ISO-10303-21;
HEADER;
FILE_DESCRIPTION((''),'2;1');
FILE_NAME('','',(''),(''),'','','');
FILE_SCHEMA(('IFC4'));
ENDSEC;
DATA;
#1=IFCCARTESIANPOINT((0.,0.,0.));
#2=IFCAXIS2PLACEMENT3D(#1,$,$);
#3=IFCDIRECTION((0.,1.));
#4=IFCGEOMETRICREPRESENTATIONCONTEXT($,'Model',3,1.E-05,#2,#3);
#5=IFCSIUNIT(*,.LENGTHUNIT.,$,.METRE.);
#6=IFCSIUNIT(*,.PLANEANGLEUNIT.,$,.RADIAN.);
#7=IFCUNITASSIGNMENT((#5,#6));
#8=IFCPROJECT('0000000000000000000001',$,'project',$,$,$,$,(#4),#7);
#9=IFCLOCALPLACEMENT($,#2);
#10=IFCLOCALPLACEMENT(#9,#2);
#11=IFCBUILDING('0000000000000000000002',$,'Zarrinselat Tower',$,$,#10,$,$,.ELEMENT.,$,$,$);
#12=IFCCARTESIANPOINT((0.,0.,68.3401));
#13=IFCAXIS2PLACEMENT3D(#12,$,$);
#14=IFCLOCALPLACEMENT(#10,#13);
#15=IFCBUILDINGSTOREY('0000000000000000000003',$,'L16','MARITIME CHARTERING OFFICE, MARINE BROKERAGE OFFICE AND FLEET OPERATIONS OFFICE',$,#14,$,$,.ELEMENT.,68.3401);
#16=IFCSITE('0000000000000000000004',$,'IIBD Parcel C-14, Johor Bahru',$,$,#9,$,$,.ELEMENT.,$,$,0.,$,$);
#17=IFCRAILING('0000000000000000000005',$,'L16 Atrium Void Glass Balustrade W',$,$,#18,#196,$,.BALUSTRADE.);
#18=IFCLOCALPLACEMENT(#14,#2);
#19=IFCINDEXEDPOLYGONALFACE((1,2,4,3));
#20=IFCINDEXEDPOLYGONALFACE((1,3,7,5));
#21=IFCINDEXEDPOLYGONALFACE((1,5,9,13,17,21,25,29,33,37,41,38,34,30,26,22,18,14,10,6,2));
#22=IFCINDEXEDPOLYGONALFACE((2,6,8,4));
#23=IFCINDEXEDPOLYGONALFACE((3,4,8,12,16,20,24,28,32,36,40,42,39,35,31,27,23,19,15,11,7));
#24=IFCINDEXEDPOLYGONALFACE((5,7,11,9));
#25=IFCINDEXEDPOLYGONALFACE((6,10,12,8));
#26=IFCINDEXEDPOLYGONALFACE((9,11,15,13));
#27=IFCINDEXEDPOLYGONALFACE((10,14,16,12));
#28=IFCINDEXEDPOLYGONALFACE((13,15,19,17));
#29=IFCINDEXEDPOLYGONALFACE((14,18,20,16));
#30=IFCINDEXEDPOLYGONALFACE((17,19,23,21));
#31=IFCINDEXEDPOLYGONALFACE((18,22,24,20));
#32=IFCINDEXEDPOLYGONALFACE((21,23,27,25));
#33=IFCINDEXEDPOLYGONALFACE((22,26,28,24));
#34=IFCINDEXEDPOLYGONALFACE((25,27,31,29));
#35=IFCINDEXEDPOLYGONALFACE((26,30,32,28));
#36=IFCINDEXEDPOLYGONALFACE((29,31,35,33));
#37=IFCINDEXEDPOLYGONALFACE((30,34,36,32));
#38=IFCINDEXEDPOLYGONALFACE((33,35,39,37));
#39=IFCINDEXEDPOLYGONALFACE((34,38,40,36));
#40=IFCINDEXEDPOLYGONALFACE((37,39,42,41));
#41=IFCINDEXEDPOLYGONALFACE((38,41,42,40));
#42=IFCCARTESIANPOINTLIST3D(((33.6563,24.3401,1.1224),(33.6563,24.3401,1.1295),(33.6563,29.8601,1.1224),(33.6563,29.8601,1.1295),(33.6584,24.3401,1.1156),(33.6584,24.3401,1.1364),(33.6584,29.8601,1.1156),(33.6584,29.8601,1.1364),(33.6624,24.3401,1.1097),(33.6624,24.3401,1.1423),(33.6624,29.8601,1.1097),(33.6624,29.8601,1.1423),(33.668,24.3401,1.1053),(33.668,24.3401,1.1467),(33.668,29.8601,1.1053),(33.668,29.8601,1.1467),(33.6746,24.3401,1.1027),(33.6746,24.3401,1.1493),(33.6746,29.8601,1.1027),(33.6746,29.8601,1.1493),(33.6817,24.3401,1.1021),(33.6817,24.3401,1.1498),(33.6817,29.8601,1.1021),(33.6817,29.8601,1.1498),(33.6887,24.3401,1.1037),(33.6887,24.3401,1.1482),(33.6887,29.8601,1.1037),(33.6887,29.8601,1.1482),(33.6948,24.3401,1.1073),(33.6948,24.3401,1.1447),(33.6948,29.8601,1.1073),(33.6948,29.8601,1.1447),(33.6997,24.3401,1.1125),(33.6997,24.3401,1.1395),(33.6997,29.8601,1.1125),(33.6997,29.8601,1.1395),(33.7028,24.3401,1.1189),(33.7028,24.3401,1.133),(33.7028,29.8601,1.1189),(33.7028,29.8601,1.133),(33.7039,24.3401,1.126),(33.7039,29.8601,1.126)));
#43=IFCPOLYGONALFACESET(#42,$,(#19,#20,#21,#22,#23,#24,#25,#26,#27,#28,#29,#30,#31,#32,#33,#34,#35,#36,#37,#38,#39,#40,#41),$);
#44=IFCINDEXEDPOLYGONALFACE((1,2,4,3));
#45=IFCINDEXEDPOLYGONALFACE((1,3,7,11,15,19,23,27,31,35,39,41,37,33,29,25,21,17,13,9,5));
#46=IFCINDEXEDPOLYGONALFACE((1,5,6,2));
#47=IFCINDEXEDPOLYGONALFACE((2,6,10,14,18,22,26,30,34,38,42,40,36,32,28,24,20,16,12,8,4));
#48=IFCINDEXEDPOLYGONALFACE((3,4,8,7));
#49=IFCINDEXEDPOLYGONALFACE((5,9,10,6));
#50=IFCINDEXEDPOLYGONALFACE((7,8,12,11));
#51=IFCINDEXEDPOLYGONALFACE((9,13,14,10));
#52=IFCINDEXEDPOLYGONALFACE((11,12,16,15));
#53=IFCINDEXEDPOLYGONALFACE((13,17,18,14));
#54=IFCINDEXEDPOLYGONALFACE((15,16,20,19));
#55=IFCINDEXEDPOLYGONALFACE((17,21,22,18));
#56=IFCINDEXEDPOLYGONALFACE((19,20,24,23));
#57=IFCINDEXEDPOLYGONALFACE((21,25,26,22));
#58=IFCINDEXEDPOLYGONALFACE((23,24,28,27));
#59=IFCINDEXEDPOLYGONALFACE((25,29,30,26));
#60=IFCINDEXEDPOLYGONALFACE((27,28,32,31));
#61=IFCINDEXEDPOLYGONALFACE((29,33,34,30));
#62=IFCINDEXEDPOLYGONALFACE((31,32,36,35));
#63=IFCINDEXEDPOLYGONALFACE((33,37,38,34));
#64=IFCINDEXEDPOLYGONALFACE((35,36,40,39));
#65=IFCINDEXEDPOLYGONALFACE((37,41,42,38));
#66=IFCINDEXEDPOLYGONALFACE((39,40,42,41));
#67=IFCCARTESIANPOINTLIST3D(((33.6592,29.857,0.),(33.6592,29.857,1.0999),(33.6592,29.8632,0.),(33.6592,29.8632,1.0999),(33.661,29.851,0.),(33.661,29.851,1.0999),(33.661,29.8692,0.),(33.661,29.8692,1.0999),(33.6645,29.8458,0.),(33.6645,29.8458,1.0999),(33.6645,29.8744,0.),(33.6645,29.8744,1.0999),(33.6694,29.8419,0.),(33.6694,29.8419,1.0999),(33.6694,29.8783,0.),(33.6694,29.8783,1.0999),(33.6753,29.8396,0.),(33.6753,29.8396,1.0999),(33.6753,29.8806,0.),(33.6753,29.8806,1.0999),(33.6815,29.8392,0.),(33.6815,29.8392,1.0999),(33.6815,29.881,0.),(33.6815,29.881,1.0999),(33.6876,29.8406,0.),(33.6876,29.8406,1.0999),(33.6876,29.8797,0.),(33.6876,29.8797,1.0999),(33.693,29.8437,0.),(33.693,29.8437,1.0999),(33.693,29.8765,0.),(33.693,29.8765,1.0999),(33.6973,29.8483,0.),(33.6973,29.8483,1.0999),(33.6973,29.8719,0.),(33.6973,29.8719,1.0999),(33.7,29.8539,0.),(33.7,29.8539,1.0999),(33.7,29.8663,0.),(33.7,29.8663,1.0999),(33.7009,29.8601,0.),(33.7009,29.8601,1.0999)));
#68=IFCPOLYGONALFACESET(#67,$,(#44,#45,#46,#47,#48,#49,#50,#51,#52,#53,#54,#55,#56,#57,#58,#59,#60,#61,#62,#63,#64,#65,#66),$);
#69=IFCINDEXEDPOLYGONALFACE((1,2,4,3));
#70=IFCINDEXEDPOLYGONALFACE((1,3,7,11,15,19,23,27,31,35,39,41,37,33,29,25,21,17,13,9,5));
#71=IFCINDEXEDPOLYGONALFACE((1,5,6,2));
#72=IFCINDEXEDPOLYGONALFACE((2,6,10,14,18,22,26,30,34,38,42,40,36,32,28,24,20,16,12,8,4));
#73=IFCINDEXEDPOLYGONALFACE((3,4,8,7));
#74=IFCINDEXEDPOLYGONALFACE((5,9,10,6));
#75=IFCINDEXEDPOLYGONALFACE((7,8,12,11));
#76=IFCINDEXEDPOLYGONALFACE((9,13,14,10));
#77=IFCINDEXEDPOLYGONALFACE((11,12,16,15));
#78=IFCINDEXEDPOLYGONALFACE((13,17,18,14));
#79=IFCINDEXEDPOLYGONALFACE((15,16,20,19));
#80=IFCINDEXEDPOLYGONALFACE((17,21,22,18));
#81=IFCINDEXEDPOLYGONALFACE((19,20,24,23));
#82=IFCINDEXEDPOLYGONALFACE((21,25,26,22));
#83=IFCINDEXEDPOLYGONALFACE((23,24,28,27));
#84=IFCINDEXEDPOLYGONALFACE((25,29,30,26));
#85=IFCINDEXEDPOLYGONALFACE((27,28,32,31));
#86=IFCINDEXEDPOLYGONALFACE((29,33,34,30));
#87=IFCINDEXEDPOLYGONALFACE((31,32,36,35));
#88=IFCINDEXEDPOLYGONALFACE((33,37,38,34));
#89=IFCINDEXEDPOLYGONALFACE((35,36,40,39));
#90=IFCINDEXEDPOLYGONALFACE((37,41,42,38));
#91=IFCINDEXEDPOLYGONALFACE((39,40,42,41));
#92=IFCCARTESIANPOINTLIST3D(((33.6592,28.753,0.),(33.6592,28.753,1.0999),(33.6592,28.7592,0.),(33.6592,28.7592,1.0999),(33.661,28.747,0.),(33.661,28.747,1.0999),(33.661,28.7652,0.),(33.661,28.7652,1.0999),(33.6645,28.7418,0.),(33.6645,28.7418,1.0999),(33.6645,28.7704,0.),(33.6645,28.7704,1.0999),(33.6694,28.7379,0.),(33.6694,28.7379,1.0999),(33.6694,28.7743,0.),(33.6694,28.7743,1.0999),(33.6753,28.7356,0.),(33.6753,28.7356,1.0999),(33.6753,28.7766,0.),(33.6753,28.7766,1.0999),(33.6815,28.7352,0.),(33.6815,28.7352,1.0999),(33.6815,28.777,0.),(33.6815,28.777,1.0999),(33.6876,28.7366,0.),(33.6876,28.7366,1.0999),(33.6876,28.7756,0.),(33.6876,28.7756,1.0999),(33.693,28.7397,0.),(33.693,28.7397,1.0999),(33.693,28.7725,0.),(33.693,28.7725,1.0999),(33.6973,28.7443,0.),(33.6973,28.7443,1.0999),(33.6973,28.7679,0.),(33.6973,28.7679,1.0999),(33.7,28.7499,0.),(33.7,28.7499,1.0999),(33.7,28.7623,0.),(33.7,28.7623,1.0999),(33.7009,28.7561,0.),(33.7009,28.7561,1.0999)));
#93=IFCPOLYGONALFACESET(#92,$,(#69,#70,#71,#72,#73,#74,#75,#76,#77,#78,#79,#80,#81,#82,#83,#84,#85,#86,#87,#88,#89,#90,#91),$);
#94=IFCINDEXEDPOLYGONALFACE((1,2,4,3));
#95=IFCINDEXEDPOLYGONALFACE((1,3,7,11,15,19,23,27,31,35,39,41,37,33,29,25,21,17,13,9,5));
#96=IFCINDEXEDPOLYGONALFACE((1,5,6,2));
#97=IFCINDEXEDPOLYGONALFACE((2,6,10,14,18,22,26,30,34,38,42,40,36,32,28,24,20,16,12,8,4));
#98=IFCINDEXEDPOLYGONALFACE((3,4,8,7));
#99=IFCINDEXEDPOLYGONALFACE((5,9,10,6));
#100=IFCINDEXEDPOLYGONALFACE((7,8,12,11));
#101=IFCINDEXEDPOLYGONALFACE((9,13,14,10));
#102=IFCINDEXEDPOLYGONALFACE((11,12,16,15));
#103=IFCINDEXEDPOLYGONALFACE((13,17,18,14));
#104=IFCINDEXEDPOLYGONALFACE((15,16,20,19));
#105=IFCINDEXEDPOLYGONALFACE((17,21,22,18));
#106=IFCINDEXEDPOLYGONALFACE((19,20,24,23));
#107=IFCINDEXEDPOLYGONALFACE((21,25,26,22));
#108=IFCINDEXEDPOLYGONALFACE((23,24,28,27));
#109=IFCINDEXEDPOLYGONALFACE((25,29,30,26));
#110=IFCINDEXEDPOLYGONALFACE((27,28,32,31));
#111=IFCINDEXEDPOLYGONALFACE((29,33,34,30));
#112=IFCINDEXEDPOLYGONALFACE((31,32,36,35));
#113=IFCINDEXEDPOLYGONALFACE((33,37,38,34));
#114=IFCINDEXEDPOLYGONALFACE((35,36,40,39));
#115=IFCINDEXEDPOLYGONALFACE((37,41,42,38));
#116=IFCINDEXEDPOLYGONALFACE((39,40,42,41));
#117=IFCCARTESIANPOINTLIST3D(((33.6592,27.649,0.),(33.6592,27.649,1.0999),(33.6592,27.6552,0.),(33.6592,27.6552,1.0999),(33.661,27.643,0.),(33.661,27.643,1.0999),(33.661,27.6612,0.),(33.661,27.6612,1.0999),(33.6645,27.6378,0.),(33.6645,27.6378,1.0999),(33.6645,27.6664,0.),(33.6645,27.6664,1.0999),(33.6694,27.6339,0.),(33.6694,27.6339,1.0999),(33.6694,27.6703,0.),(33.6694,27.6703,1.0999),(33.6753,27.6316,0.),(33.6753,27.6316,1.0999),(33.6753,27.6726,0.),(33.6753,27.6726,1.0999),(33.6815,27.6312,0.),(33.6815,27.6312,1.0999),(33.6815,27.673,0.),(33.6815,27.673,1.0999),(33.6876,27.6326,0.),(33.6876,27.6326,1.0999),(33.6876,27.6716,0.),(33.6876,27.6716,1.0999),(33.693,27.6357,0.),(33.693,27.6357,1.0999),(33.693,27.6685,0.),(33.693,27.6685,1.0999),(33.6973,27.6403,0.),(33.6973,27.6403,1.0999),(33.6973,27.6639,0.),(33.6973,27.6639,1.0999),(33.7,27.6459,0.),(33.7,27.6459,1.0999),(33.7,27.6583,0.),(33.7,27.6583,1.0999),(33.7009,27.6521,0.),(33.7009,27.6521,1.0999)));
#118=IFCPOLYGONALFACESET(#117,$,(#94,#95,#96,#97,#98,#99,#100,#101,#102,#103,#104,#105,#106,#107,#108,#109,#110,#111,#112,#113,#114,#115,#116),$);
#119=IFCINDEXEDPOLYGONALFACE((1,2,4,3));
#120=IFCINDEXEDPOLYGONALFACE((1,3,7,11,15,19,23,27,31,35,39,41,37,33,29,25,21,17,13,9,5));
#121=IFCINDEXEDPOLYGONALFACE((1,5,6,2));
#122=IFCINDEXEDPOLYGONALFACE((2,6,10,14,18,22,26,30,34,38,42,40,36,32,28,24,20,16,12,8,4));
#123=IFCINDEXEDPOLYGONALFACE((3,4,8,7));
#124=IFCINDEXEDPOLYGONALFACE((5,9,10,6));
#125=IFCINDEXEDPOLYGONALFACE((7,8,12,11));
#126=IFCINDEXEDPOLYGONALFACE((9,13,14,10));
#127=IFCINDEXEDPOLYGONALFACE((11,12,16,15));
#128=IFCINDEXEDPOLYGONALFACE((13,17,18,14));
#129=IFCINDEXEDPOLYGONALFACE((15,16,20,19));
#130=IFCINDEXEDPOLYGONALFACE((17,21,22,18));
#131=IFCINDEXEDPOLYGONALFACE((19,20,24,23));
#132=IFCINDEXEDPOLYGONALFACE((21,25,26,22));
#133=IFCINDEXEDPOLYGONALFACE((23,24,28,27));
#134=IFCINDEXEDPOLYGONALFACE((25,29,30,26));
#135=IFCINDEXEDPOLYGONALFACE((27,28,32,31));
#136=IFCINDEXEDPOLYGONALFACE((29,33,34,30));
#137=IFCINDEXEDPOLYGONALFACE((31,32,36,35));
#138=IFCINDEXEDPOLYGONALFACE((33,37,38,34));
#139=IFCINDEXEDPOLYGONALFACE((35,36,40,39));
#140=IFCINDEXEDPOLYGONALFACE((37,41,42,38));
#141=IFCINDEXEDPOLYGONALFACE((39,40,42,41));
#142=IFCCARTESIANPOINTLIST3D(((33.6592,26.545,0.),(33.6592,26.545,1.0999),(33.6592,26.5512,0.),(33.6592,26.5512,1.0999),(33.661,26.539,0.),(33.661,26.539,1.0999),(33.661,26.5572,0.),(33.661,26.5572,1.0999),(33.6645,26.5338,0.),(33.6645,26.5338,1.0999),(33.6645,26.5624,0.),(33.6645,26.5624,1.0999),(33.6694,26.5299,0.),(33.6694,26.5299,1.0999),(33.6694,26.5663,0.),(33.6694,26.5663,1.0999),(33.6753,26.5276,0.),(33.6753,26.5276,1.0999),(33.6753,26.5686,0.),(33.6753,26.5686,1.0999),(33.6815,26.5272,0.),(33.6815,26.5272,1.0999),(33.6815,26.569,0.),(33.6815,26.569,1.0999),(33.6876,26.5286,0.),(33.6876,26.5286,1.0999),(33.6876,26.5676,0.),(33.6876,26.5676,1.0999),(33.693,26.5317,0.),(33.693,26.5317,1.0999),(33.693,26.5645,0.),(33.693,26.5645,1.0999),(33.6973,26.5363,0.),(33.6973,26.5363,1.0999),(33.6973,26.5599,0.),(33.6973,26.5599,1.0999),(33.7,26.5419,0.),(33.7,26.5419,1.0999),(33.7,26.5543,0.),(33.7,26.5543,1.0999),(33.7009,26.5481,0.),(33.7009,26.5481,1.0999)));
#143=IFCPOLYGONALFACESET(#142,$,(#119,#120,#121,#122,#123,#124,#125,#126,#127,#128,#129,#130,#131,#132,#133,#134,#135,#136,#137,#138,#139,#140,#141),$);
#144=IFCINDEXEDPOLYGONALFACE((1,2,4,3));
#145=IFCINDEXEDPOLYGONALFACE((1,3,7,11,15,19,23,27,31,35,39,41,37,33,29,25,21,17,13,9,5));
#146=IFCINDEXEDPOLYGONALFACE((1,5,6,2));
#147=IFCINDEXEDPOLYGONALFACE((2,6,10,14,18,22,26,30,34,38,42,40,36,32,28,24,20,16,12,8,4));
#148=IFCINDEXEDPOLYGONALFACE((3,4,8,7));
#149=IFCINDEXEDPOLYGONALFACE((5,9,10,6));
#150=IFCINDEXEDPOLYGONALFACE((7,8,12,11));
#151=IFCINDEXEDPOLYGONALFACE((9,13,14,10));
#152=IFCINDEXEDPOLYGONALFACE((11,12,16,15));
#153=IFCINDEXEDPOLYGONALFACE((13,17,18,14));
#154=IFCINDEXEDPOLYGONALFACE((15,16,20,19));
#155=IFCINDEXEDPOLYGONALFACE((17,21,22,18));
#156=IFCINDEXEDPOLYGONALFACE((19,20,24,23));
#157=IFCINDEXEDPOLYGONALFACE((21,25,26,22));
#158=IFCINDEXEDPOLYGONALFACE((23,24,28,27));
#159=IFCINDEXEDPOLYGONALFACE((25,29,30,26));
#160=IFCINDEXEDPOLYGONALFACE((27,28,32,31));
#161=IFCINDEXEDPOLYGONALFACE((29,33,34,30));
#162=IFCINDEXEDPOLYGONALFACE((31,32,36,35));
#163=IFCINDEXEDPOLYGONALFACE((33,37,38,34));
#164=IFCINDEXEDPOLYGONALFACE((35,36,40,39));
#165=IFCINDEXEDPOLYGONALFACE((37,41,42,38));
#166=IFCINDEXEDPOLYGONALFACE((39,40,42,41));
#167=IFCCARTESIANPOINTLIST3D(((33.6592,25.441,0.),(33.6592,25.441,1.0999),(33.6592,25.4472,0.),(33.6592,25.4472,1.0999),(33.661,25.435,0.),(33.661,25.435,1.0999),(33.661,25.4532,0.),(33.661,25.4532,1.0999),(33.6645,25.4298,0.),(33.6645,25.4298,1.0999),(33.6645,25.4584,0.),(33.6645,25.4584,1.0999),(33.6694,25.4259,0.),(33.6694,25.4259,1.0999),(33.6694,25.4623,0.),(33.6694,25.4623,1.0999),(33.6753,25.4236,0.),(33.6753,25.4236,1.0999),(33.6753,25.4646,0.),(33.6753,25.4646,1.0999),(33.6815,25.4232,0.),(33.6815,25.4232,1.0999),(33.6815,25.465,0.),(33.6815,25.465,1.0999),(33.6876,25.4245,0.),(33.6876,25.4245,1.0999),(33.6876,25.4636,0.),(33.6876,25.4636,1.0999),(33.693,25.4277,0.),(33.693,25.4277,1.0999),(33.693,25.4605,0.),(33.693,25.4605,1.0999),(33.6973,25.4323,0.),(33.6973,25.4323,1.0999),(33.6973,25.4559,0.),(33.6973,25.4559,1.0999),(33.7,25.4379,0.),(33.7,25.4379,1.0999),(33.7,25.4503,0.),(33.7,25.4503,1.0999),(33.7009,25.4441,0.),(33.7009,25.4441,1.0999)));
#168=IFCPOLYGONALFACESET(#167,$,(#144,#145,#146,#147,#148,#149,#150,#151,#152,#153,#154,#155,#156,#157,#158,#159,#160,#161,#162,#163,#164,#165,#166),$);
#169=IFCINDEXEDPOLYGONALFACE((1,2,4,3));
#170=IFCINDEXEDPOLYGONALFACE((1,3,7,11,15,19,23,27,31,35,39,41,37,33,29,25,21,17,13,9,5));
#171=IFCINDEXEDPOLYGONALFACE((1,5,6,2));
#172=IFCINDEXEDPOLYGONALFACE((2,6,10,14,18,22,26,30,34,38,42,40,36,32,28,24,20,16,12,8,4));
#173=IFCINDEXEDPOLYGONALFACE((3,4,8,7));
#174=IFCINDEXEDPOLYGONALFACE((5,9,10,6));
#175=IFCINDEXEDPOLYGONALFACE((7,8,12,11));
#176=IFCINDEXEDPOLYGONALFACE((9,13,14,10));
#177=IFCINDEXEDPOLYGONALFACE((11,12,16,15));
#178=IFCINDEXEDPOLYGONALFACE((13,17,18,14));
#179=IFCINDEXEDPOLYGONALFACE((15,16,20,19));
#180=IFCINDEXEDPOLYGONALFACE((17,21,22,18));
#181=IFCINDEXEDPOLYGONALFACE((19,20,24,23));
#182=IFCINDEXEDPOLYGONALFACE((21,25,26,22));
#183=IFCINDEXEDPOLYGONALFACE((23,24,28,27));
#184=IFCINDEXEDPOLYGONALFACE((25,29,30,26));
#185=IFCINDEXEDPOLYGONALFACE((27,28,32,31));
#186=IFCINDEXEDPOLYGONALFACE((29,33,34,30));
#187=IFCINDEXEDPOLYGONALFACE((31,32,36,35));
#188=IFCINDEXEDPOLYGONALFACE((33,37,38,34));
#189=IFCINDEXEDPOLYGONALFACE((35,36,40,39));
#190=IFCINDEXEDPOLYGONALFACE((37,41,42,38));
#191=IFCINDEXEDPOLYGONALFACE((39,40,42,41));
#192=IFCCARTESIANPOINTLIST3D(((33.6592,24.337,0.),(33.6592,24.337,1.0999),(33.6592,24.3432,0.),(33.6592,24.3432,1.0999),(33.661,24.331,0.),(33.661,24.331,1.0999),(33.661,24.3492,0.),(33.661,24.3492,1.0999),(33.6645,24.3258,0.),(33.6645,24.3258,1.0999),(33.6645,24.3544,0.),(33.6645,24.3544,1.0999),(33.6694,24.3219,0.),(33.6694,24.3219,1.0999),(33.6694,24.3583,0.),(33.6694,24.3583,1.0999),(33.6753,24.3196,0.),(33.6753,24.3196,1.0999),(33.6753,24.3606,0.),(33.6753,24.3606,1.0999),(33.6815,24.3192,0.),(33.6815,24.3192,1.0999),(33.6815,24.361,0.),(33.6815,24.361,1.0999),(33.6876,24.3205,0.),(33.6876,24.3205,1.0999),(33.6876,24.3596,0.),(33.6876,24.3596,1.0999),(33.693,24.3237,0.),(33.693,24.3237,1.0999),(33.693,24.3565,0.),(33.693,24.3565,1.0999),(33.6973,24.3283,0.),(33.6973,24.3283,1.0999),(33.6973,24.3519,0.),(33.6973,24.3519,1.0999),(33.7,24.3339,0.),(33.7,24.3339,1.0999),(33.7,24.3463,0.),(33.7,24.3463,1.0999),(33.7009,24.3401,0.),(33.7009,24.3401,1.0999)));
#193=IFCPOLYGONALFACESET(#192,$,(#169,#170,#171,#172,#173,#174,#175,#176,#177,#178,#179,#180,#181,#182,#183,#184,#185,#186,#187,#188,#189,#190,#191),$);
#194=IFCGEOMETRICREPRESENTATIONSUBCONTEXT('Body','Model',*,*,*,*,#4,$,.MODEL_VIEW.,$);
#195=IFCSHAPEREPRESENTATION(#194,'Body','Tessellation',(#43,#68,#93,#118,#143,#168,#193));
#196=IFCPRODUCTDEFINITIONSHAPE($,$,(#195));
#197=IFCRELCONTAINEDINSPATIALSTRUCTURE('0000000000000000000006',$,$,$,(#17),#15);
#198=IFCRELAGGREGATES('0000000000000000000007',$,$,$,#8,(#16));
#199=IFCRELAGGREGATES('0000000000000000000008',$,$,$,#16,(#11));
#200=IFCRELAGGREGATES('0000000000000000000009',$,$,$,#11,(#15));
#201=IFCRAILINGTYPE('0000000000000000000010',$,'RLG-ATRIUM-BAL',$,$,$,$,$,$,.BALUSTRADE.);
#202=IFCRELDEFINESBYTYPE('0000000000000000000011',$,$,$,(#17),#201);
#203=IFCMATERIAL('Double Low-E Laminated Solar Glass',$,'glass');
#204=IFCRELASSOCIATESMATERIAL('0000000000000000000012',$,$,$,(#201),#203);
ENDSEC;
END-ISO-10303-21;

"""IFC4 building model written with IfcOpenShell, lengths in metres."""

from ifc_helpers import new_model, si_unit, direction, frame, origin, origin_2d, place, context, subcontext, project, spatial, circle, extrude, material, type_object, element, save


model = new_model("IFC4")

# Units and contexts
model_context = context("Model", 3, precision=1e-05, world=origin(), true_north=direction((0.0, 1.0)))
body_context = subcontext(model_context, "Body", "Model", "MODEL_VIEW")
ifc_project = project(units=[si_unit("LENGTHUNIT", "METRE"), si_unit("PLANEANGLEUNIT", "RADIAN")], contexts=[model_context])

# Site, building, storey
site_placement = place(None, origin())
site = spatial("IfcSite", under=ifc_project, at=site_placement, Name="IIBD Parcel C-14, Johor Bahru", CompositionType="ELEMENT", RefElevation=0.0)
building_placement = place(site_placement, origin())
building = spatial("IfcBuilding", under=site, at=building_placement, Name="Zarrinselat Tower", CompositionType="ELEMENT")
storey_placement = place(building_placement, frame((0.0, 0.0, 68.3401)))
storey = spatial("IfcBuildingStorey", under=building, at=storey_placement, Name="L16", Description="MARITIME CHARTERING OFFICE, MARINE BROKERAGE OFFICE AND FLEET OPERATIONS OFFICE", CompositionType="ELEMENT", Elevation=68.3401)

# Railing
ifc_material_1 = material(Name="Double Low-E Laminated Solar Glass", Category="glass")
railing_type_1 = type_object("IfcRailingType", Name="RLG-ATRIUM-BAL", PredefinedType="BALUSTRADE", material=ifc_material_1)
railing_1_placement = place(storey_placement, frame((33.6799, 29.8601, 0.0)))
element("IfcRailing", 1, at=railing_1_placement, inside=storey, type_object=railing_type_1, Name="L16 Atrium Void Glass Balustrade W", PredefinedType="BALUSTRADE", context=body_context, shape_type="SweptSolid", body=[
    extrude(circle(Radius=0.0239, at=origin_2d()), frame((0.0, 0.0, 1.126), z_axis=(0.0, -1.0, 0.0), x_axis=(1.0, 0.0, 0.0)), (0.0, 0.0, 1.0), 5.52),
    extrude(circle(Radius=0.021, at=origin_2d()), origin(), (0.0, 0.0, 1.0), 1.0999),
    extrude(circle(Radius=0.021, at=origin_2d()), frame((0.0, -1.104, 0.0)), (0.0, 0.0, 1.0), 1.0999),
    extrude(circle(Radius=0.021, at=origin_2d()), frame((0.0, -2.208, 0.0)), (0.0, 0.0, 1.0), 1.0999),
    extrude(circle(Radius=0.021, at=origin_2d()), frame((0.0, -3.312, 0.0)), (0.0, 0.0, 1.0), 1.0999),
    extrude(circle(Radius=0.021, at=origin_2d()), frame((0.0, -4.416, 0.0)), (0.0, 0.0, 1.0), 1.0999),
    extrude(circle(Radius=0.021, at=origin_2d()), frame((0.0, -5.52, 0.0)), (0.0, 0.0, 1.0), 1.0999),
])

save(model, "model.ifc")
